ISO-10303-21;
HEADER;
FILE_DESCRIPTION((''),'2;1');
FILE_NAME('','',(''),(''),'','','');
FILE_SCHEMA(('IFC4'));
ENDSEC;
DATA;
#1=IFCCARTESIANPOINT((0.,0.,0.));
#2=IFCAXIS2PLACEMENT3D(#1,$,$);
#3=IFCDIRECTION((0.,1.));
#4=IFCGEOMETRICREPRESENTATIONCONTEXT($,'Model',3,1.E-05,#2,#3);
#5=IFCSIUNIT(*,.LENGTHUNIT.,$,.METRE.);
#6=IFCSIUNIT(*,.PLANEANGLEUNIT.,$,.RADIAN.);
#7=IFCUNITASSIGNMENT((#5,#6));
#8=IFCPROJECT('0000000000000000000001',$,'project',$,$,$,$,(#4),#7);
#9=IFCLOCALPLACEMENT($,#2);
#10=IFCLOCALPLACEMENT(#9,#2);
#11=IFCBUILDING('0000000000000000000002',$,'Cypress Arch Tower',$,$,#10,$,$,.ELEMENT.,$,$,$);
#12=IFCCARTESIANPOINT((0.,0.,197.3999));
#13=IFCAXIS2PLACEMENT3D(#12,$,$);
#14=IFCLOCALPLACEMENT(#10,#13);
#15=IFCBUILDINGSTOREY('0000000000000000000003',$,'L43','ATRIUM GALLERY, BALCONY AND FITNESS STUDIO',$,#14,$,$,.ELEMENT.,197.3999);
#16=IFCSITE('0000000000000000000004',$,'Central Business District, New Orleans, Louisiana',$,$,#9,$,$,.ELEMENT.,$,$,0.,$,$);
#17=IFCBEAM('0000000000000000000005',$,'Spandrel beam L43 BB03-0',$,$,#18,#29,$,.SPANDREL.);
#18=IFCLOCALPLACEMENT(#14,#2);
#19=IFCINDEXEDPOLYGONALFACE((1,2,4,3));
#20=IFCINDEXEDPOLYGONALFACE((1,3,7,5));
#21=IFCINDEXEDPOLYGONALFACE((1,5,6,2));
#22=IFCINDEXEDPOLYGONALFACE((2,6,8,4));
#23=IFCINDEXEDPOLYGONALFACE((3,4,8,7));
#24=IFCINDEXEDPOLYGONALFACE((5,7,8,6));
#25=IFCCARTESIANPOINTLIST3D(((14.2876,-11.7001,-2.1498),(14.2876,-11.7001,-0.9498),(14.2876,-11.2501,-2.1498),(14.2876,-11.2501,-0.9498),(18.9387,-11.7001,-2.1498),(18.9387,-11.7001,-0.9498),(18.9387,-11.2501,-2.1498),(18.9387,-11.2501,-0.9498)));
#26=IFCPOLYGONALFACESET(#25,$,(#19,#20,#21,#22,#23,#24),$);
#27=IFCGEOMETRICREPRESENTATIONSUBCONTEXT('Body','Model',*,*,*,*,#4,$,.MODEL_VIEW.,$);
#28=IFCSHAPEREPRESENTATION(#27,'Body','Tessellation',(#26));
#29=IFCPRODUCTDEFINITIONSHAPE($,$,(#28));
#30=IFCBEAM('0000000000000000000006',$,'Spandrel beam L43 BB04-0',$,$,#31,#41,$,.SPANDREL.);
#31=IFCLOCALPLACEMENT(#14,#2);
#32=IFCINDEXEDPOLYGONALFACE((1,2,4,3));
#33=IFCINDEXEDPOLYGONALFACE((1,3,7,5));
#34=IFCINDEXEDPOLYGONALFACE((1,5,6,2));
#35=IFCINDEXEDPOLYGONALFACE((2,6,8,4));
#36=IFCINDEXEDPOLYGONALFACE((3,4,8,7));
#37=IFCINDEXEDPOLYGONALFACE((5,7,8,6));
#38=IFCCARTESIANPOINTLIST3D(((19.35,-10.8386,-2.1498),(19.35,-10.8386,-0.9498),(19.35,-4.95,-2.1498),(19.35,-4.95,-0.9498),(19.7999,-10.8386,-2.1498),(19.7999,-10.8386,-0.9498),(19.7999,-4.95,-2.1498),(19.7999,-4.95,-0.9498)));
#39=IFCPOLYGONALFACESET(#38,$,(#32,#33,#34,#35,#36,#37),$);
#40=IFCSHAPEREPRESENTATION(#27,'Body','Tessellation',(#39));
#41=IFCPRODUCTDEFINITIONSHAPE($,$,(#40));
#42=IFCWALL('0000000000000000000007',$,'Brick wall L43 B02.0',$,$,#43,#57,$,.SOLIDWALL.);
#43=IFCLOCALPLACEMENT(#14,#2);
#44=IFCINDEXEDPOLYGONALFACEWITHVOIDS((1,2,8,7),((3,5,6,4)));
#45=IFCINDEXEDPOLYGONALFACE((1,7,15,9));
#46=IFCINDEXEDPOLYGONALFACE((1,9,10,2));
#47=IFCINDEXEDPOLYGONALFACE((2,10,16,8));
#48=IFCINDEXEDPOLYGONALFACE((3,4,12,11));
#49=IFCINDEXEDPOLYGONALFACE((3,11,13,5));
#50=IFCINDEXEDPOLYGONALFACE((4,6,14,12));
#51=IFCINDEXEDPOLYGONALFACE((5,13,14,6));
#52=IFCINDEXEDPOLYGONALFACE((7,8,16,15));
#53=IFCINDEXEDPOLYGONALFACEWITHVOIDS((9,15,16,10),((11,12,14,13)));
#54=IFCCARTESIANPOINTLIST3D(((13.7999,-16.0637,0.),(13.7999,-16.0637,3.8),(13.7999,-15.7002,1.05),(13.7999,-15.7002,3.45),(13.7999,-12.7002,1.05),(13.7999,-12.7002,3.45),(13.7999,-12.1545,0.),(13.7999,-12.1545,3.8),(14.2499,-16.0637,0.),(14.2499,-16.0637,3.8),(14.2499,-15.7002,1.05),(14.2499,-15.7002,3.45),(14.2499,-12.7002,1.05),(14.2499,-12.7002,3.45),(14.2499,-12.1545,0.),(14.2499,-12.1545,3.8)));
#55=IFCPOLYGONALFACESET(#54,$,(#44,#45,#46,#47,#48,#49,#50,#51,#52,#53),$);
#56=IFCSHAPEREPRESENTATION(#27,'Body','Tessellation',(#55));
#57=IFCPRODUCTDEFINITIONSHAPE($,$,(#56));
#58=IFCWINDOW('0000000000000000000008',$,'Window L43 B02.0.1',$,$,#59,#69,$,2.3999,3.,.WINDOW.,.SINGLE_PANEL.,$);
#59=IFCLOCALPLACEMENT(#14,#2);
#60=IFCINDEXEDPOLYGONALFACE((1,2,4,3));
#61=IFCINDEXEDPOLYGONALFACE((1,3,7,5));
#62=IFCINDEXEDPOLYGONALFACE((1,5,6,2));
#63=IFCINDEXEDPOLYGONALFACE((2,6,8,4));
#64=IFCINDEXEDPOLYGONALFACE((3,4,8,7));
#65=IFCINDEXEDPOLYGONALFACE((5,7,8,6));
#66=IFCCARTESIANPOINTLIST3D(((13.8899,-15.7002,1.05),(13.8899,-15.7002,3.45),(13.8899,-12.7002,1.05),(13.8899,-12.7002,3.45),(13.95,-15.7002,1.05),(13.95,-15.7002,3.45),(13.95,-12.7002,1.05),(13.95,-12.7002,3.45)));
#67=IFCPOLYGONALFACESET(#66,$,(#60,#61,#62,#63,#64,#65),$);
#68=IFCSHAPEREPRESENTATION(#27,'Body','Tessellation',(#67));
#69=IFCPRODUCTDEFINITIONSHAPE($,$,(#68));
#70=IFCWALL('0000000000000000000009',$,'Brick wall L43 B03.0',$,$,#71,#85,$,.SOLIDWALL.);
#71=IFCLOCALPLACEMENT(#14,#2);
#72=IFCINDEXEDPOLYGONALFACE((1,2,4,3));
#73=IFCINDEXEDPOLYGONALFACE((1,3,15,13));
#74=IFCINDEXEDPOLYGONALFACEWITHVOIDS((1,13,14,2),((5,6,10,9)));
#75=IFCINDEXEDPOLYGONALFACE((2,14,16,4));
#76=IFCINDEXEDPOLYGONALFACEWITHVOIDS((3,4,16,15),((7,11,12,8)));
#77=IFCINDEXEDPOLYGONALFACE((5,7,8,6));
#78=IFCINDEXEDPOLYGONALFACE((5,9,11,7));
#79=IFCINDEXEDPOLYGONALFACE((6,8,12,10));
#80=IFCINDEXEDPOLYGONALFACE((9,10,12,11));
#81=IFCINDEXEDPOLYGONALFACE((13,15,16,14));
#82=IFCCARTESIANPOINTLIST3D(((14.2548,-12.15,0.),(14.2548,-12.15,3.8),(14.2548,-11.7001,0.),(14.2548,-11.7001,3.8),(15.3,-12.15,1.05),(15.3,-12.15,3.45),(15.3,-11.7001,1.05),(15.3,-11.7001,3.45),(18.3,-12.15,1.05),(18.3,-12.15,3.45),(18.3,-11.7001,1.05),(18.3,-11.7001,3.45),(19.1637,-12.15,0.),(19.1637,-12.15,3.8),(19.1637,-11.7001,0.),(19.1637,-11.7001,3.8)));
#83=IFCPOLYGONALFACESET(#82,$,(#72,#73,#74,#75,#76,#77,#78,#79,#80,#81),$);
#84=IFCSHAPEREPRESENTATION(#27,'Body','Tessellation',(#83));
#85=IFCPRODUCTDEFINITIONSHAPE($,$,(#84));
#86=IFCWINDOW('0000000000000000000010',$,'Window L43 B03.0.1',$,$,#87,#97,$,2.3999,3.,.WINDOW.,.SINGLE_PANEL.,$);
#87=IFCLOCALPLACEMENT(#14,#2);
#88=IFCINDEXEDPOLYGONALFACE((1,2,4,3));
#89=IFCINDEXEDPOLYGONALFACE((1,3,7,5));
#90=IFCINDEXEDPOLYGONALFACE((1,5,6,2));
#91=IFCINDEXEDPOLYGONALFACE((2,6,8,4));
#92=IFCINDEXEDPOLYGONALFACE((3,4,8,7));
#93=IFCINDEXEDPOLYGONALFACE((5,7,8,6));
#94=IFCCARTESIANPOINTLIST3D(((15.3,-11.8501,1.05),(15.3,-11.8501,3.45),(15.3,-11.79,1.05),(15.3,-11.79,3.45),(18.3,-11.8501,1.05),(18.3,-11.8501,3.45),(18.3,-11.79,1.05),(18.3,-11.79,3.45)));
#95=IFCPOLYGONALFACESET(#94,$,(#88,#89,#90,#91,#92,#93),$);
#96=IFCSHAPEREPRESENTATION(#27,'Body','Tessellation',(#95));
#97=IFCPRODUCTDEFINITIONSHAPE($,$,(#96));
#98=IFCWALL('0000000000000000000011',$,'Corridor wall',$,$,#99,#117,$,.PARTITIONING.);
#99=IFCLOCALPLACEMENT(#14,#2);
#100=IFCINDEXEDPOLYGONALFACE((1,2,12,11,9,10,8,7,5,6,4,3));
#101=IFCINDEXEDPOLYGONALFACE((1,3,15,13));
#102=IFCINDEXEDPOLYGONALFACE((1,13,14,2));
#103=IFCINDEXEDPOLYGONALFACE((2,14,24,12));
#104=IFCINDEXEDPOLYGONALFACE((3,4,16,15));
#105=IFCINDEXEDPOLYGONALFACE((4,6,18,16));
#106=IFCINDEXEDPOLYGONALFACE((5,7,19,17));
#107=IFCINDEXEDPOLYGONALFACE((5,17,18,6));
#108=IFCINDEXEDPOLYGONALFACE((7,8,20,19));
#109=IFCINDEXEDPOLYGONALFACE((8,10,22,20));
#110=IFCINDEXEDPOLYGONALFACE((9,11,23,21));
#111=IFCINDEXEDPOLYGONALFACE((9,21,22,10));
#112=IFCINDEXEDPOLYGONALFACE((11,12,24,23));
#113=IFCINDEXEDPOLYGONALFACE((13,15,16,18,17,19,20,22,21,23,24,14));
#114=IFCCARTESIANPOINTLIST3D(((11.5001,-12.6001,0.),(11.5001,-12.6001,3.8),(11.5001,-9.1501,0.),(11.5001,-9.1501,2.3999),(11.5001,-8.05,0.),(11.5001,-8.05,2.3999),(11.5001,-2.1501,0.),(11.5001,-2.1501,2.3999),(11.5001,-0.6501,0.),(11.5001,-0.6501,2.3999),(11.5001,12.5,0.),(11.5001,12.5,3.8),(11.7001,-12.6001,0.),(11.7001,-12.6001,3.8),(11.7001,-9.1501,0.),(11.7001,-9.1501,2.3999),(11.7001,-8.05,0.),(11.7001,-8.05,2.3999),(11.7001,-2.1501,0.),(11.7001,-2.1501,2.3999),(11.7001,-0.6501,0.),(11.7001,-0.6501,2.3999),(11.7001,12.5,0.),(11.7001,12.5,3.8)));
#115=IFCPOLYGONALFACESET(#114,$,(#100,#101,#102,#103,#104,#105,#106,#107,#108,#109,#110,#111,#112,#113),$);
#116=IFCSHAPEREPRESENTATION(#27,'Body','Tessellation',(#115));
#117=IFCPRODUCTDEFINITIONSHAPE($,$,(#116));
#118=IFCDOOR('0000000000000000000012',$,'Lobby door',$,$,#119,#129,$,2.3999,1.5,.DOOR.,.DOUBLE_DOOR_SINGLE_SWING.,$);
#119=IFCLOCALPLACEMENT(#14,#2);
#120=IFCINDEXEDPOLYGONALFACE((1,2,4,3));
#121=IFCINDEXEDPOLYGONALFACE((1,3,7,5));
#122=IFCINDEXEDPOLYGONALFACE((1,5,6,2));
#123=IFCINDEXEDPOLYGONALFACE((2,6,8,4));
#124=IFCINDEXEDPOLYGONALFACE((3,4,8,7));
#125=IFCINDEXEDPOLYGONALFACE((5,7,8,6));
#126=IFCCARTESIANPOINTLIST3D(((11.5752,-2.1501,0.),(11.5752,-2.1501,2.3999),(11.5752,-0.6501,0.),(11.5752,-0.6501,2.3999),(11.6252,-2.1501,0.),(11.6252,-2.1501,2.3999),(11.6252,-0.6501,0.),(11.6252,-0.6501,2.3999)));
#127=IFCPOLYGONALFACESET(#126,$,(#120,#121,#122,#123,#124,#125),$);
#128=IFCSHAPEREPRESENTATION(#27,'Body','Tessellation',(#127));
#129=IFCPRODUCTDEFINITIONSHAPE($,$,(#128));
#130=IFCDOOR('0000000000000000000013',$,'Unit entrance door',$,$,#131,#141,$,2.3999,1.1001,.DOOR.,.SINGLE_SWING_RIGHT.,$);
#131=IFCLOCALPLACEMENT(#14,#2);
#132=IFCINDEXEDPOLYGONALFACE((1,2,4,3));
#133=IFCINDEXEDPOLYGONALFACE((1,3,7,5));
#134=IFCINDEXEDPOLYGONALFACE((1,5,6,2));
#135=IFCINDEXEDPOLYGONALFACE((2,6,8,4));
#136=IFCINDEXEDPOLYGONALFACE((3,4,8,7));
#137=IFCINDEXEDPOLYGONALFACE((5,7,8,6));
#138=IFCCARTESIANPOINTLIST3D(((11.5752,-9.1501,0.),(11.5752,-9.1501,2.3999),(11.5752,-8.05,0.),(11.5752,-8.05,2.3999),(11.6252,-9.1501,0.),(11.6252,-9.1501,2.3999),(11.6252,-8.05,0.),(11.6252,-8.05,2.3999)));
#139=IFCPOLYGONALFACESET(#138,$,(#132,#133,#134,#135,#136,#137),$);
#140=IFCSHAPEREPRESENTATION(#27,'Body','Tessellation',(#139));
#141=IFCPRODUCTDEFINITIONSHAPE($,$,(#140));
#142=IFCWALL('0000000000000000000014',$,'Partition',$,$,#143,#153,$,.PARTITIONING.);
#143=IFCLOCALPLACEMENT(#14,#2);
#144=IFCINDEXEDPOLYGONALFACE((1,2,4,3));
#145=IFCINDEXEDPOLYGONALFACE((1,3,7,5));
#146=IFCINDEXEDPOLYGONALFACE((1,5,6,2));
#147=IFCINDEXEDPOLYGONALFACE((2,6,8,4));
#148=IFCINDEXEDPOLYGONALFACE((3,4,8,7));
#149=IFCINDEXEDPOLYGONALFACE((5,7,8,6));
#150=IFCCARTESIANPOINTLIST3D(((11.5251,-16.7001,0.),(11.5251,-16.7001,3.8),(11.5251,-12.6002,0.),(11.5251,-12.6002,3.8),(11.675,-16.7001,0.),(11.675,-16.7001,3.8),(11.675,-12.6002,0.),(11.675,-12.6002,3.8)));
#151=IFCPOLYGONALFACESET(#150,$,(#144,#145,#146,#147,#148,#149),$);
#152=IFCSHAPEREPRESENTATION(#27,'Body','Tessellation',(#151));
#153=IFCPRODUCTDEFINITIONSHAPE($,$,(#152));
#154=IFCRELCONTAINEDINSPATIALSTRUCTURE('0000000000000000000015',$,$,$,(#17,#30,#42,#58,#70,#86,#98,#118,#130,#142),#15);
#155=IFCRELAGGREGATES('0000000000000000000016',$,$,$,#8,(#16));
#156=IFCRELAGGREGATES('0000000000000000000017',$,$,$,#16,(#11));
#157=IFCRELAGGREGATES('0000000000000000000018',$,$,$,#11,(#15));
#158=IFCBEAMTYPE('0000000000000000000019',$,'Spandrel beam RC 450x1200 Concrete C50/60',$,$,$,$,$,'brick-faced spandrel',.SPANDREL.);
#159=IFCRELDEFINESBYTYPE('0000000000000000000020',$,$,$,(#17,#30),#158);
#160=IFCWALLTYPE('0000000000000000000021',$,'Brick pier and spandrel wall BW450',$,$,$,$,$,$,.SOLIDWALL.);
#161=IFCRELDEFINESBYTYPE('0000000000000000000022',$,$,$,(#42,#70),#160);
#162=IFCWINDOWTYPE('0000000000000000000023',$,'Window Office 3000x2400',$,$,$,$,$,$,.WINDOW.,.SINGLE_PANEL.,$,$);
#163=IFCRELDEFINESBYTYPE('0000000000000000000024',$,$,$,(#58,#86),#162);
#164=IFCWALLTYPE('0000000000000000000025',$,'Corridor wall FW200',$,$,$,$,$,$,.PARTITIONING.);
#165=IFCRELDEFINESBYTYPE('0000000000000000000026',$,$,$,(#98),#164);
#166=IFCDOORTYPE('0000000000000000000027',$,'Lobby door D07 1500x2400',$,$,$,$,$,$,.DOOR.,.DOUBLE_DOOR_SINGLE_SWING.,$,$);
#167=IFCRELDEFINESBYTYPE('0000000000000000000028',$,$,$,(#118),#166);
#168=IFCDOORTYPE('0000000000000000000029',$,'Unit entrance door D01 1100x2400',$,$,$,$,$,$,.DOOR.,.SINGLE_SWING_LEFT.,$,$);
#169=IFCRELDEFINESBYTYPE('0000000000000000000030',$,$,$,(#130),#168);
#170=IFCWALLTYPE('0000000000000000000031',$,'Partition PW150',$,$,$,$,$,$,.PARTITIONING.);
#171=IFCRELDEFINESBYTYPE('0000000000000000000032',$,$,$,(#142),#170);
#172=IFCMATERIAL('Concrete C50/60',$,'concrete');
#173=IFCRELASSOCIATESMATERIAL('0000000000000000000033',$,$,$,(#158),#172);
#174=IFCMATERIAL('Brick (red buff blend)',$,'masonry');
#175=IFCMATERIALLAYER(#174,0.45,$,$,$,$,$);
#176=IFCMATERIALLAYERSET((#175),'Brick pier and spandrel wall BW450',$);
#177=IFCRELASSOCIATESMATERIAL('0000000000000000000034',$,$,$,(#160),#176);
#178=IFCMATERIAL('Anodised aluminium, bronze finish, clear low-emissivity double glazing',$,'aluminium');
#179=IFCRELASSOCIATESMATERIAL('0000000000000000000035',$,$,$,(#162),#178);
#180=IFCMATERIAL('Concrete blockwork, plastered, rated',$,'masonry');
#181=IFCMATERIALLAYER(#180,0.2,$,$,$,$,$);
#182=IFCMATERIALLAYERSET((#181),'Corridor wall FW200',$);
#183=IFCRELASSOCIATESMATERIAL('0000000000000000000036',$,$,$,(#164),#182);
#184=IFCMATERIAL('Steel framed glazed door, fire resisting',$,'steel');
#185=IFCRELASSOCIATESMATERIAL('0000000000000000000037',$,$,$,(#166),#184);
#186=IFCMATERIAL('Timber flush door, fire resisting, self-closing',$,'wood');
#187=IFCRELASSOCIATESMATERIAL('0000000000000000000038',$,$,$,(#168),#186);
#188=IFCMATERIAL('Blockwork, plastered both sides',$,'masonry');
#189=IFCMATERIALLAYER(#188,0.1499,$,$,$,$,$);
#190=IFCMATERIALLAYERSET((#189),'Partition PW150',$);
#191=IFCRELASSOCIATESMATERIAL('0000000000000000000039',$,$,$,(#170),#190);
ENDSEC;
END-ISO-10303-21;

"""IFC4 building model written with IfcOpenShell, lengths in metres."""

from ifc_helpers import new_model, si_unit, direction, frame, frame_2d, origin, origin_2d, place, context, subcontext, project, spatial, rectangle, extrude, material, layer, layer_set, material_profile, profile_set, type_object, element, fill, save


model = new_model("IFC4")

# Units and contexts
model_context = context("Model", 3, precision=1e-05, world=origin(), true_north=direction((0.0, 1.0)))
body_context = subcontext(model_context, "Body", "Model", "MODEL_VIEW")
ifc_project = project(units=[si_unit("LENGTHUNIT", "METRE"), si_unit("PLANEANGLEUNIT", "RADIAN")], contexts=[model_context])

# Site, building, storey
site_placement = place(None, origin())
site = spatial("IfcSite", under=ifc_project, at=site_placement, Name="Central Business District, New Orleans, Louisiana", CompositionType="ELEMENT", RefElevation=0.0)
building_placement = place(site_placement, origin())
building = spatial("IfcBuilding", under=site, at=building_placement, Name="Cypress Arch Tower", CompositionType="ELEMENT")
storey_placement = place(building_placement, frame((0.0, 0.0, 197.3999)))
storey = spatial("IfcBuildingStorey", under=building, at=storey_placement, Name="L43", Description="ATRIUM GALLERY, BALCONY AND FITNESS STUDIO", CompositionType="ELEMENT", Elevation=197.3999)

# Beams
ifc_material_1 = material(Name="Concrete C50/60", Category="concrete")
ifc_material_profile_1 = material_profile(ifc_material_1, rectangle(XDim=0.45, YDim=1.2, at=origin_2d()), Name="RC 450x1200")
ifc_profile_set_1 = profile_set([ifc_material_profile_1], Name="Concrete C50/60")
beam_type_1 = type_object("IfcBeamType", Name="Spandrel beam RC 450x1200 Concrete C50/60", ElementType="brick-faced spandrel", PredefinedType="SPANDREL", material=ifc_profile_set_1)
beam_1_placement = place(storey_placement, frame((14.2876, -11.4751, -1.5498), z_axis=(1.0, 0.0, 0.0), x_axis=(0.0, 1.0, 0.0)))
element("IfcBeam", 1, at=beam_1_placement, inside=storey, type_object=beam_type_1, Name="Spandrel beam L43 BB03-0", PredefinedType="SPANDREL", context=body_context, shape_type="SweptSolid", body=[
    extrude(rectangle(XDim=0.45, YDim=1.2, at=origin_2d()), origin(), (0.0, 0.0, 1.0), 4.6511),
])
beam_2_placement = place(storey_placement, frame((19.575, -10.8386, -1.5498), z_axis=(0.0, 1.0, 0.0), x_axis=(-1.0, 0.0, 0.0)))
element("IfcBeam", 2, at=beam_2_placement, inside=storey, type_object=beam_type_1, Name="Spandrel beam L43 BB04-0", PredefinedType="SPANDREL", context=body_context, shape_type="SweptSolid", body=[
    extrude(rectangle(XDim=0.45, YDim=1.2, at=origin_2d()), origin(), (0.0, 0.0, 1.0), 5.8887),
])

# Walls, openings, windows
ifc_material_2 = material(Name="Brick (red buff blend)", Category="masonry")
ifc_layer_1 = layer(ifc_material_2, 0.45)
ifc_layer_set_1 = layer_set([ifc_layer_1], Name="Brick pier and spandrel wall BW450")
wall_type_1 = type_object("IfcWallType", Name="Brick pier and spandrel wall BW450", PredefinedType="SOLIDWALL", material=ifc_layer_set_1)
wall_1_placement = place(storey_placement, frame((14.0249, -16.0637, 0.0), z_axis=(0.0, 0.0, 1.0), x_axis=(0.0, 1.0, 0.0)))
wall_1 = element("IfcWall", 3, at=wall_1_placement, inside=storey, type_object=wall_type_1, Name="Brick wall L43 B02.0", PredefinedType="SOLIDWALL", context=body_context, shape_type="SweptSolid", body=[
    extrude(rectangle(XDim=3.9092, YDim=0.45, at=frame_2d((1.9546, 0.0))), origin(), (0.0, 0.0, 1.0), 3.8),
])
opening_1_placement = place(wall_1_placement, frame((0.3635, 0.0, 1.05)))
opening_1 = element("IfcOpeningElement", 4, at=opening_1_placement, cuts=wall_1, PredefinedType="OPENING", context=body_context, shape_type="SweptSolid", body=[
    extrude(rectangle(XDim=3.0, YDim=2.3999, at=frame_2d((1.5, 1.2))), frame((0.0, 0.2349, 0.0), z_axis=(0.0, -1.0, 0.0), x_axis=(1.0, 0.0, 0.0)), (0.0, 0.0, 1.0), 0.47),
])
ifc_material_3 = material(Name="Anodised aluminium, bronze finish, clear low-emissivity double glazing", Category="aluminium")
window_type = type_object("IfcWindowType", Name="Window Office 3000x2400", PartitioningType="SINGLE_PANEL", PredefinedType="WINDOW", material=ifc_material_3)
window_1_placement = place(opening_1_placement, origin())
window_1 = element("IfcWindow", 5, at=window_1_placement, inside=storey, type_object=window_type, Name="Window L43 B02.0.1", OverallHeight=2.3999, OverallWidth=3.0, PartitioningType="SINGLE_PANEL", PredefinedType="WINDOW", context=body_context, shape_type="SweptSolid", body=[
    extrude(rectangle(XDim=3.0, YDim=2.3999, at=frame_2d((1.5, 1.2))), frame((0.0, 0.135, 0.0), z_axis=(0.0, -1.0, 0.0), x_axis=(1.0, 0.0, 0.0)), (0.0, 0.0, 1.0), 0.0601),
])
fill(opening_1, window_1)
wall_2_placement = place(storey_placement, frame((14.2546, -11.925, 0.0), z_axis=(0.0, 0.0, 1.0), x_axis=(1.0, 0.0, 0.0)))
wall_2 = element("IfcWall", 6, at=wall_2_placement, inside=storey, type_object=wall_type_1, Name="Brick wall L43 B03.0", PredefinedType="SOLIDWALL", context=body_context, shape_type="SweptSolid", body=[
    extrude(rectangle(XDim=4.9089, YDim=0.45, at=frame_2d((2.4546, 0.0))), origin(), (0.0, 0.0, 1.0), 3.8),
])
opening_2_placement = place(wall_2_placement, frame((1.0454, 0.0, 1.05)))
opening_2 = element("IfcOpeningElement", 7, at=opening_2_placement, cuts=wall_2, PredefinedType="OPENING", context=body_context, shape_type="SweptSolid", body=[
    extrude(rectangle(XDim=3.0, YDim=2.3999, at=frame_2d((1.5, 1.2))), frame((0.0, 0.2349, 0.0), z_axis=(0.0, -1.0, 0.0), x_axis=(1.0, 0.0, 0.0)), (0.0, 0.0, 1.0), 0.47),
])
window_2_placement = place(opening_2_placement, origin())
window_2 = element("IfcWindow", 8, at=window_2_placement, inside=storey, type_object=window_type, Name="Window L43 B03.0.1", OverallHeight=2.3999, OverallWidth=3.0, PartitioningType="SINGLE_PANEL", PredefinedType="WINDOW", context=body_context, shape_type="SweptSolid", body=[
    extrude(rectangle(XDim=3.0, YDim=2.3999, at=frame_2d((1.5, 1.2))), frame((0.0, 0.135, 0.0), z_axis=(0.0, -1.0, 0.0), x_axis=(1.0, 0.0, 0.0)), (0.0, 0.0, 1.0), 0.0601),
])
fill(opening_2, window_2)

# Wall, openings, doors
ifc_material_4 = material(Name="Concrete blockwork, plastered, rated", Category="masonry")
ifc_layer_2 = layer(ifc_material_4, 0.2)
ifc_layer_set_2 = layer_set([ifc_layer_2], Name="Corridor wall FW200")
wall_type_2 = type_object("IfcWallType", Name="Corridor wall FW200", PredefinedType="PARTITIONING", material=ifc_layer_set_2)
wall_3_placement = place(storey_placement, frame((11.6001, -12.6001, 0.0), z_axis=(0.0, 0.0, 1.0), x_axis=(0.0, 1.0, 0.0)))
wall_3 = element("IfcWall", 9, at=wall_3_placement, inside=storey, type_object=wall_type_2, Name="Corridor wall", PredefinedType="PARTITIONING", context=body_context, shape_type="SweptSolid", body=[
    extrude(rectangle(XDim=25.1001, YDim=0.2, at=frame_2d((12.55, 0.0))), origin(), (0.0, 0.0, 1.0), 3.8),
])
opening_3_placement = place(wall_3_placement, frame((10.45, 0.0, 0.0)))
opening_3 = element("IfcOpeningElement", 10, at=opening_3_placement, cuts=wall_3, PredefinedType="OPENING", context=body_context, shape_type="SweptSolid", body=[
    extrude(rectangle(XDim=1.5, YDim=2.3999, at=frame_2d((0.75, 1.2))), frame((0.0, 0.1099, 0.0), z_axis=(0.0, -1.0, 0.0), x_axis=(1.0, 0.0, 0.0)), (0.0, 0.0, 1.0), 0.22),
])
opening_4_placement = place(wall_3_placement, frame((3.45, 0.0, 0.0)))
opening_4 = element("IfcOpeningElement", 11, at=opening_4_placement, cuts=wall_3, PredefinedType="OPENING", context=body_context, shape_type="SweptSolid", body=[
    extrude(rectangle(XDim=1.1001, YDim=2.3999, at=frame_2d((0.55, 1.2))), frame((0.0, 0.1099, 0.0), z_axis=(0.0, -1.0, 0.0), x_axis=(1.0, 0.0, 0.0)), (0.0, 0.0, 1.0), 0.22),
])
ifc_material_5 = material(Name="Steel framed glazed door, fire resisting", Category="steel")
door_type_1 = type_object("IfcDoorType", Name="Lobby door D07 1500x2400", OperationType="DOUBLE_DOOR_SINGLE_SWING", PredefinedType="DOOR", material=ifc_material_5)
door_1_placement = place(opening_3_placement, origin())
door_1 = element("IfcDoor", 12, at=door_1_placement, inside=storey, type_object=door_type_1, Name="Lobby door", OperationType="DOUBLE_DOOR_SINGLE_SWING", OverallHeight=2.3999, OverallWidth=1.5, PredefinedType="DOOR", context=body_context, shape_type="SweptSolid", body=[
    extrude(rectangle(XDim=1.5, YDim=2.3999, at=frame_2d((0.75, 1.2))), frame((0.0, 0.0249, 0.0), z_axis=(0.0, -1.0, 0.0), x_axis=(1.0, 0.0, 0.0)), (0.0, 0.0, 1.0), 0.05),
])
fill(opening_3, door_1)
ifc_material_6 = material(Name="Timber flush door, fire resisting, self-closing", Category="wood")
door_type_2 = type_object("IfcDoorType", Name="Unit entrance door D01 1100x2400", OperationType="SINGLE_SWING_LEFT", PredefinedType="DOOR", material=ifc_material_6)
door_2_placement = place(opening_4_placement, origin())
door_2 = element("IfcDoor", 13, at=door_2_placement, inside=storey, type_object=door_type_2, Name="Unit entrance door", OperationType="SINGLE_SWING_RIGHT", OverallHeight=2.3999, OverallWidth=1.1001, PredefinedType="DOOR", context=body_context, shape_type="SweptSolid", body=[
    extrude(rectangle(XDim=1.1001, YDim=2.3999, at=frame_2d((0.55, 1.2))), frame((0.0, 0.0249, 0.0), z_axis=(0.0, -1.0, 0.0), x_axis=(1.0, 0.0, 0.0)), (0.0, 0.0, 1.0), 0.05),
])
fill(opening_4, door_2)

# Wall
ifc_material_7 = material(Name="Blockwork, plastered both sides", Category="masonry")
ifc_layer_3 = layer(ifc_material_7, 0.1499)
ifc_layer_set_3 = layer_set([ifc_layer_3], Name="Partition PW150")
wall_type_3 = type_object("IfcWallType", Name="Partition PW150", PredefinedType="PARTITIONING", material=ifc_layer_set_3)
wall_4_placement = place(storey_placement, frame((11.6001, -16.7, 0.0), z_axis=(0.0, 0.0, 1.0), x_axis=(0.0, 1.0, 0.0)))
element("IfcWall", 14, at=wall_4_placement, inside=storey, type_object=wall_type_3, Name="Partition", PredefinedType="PARTITIONING", context=body_context, shape_type="SweptSolid", body=[
    extrude(rectangle(XDim=4.0999, YDim=0.1499, at=frame_2d((2.0498, 0.0))), origin(), (0.0, 0.0, 1.0), 3.8),
])

save(model, "model.ifc")
